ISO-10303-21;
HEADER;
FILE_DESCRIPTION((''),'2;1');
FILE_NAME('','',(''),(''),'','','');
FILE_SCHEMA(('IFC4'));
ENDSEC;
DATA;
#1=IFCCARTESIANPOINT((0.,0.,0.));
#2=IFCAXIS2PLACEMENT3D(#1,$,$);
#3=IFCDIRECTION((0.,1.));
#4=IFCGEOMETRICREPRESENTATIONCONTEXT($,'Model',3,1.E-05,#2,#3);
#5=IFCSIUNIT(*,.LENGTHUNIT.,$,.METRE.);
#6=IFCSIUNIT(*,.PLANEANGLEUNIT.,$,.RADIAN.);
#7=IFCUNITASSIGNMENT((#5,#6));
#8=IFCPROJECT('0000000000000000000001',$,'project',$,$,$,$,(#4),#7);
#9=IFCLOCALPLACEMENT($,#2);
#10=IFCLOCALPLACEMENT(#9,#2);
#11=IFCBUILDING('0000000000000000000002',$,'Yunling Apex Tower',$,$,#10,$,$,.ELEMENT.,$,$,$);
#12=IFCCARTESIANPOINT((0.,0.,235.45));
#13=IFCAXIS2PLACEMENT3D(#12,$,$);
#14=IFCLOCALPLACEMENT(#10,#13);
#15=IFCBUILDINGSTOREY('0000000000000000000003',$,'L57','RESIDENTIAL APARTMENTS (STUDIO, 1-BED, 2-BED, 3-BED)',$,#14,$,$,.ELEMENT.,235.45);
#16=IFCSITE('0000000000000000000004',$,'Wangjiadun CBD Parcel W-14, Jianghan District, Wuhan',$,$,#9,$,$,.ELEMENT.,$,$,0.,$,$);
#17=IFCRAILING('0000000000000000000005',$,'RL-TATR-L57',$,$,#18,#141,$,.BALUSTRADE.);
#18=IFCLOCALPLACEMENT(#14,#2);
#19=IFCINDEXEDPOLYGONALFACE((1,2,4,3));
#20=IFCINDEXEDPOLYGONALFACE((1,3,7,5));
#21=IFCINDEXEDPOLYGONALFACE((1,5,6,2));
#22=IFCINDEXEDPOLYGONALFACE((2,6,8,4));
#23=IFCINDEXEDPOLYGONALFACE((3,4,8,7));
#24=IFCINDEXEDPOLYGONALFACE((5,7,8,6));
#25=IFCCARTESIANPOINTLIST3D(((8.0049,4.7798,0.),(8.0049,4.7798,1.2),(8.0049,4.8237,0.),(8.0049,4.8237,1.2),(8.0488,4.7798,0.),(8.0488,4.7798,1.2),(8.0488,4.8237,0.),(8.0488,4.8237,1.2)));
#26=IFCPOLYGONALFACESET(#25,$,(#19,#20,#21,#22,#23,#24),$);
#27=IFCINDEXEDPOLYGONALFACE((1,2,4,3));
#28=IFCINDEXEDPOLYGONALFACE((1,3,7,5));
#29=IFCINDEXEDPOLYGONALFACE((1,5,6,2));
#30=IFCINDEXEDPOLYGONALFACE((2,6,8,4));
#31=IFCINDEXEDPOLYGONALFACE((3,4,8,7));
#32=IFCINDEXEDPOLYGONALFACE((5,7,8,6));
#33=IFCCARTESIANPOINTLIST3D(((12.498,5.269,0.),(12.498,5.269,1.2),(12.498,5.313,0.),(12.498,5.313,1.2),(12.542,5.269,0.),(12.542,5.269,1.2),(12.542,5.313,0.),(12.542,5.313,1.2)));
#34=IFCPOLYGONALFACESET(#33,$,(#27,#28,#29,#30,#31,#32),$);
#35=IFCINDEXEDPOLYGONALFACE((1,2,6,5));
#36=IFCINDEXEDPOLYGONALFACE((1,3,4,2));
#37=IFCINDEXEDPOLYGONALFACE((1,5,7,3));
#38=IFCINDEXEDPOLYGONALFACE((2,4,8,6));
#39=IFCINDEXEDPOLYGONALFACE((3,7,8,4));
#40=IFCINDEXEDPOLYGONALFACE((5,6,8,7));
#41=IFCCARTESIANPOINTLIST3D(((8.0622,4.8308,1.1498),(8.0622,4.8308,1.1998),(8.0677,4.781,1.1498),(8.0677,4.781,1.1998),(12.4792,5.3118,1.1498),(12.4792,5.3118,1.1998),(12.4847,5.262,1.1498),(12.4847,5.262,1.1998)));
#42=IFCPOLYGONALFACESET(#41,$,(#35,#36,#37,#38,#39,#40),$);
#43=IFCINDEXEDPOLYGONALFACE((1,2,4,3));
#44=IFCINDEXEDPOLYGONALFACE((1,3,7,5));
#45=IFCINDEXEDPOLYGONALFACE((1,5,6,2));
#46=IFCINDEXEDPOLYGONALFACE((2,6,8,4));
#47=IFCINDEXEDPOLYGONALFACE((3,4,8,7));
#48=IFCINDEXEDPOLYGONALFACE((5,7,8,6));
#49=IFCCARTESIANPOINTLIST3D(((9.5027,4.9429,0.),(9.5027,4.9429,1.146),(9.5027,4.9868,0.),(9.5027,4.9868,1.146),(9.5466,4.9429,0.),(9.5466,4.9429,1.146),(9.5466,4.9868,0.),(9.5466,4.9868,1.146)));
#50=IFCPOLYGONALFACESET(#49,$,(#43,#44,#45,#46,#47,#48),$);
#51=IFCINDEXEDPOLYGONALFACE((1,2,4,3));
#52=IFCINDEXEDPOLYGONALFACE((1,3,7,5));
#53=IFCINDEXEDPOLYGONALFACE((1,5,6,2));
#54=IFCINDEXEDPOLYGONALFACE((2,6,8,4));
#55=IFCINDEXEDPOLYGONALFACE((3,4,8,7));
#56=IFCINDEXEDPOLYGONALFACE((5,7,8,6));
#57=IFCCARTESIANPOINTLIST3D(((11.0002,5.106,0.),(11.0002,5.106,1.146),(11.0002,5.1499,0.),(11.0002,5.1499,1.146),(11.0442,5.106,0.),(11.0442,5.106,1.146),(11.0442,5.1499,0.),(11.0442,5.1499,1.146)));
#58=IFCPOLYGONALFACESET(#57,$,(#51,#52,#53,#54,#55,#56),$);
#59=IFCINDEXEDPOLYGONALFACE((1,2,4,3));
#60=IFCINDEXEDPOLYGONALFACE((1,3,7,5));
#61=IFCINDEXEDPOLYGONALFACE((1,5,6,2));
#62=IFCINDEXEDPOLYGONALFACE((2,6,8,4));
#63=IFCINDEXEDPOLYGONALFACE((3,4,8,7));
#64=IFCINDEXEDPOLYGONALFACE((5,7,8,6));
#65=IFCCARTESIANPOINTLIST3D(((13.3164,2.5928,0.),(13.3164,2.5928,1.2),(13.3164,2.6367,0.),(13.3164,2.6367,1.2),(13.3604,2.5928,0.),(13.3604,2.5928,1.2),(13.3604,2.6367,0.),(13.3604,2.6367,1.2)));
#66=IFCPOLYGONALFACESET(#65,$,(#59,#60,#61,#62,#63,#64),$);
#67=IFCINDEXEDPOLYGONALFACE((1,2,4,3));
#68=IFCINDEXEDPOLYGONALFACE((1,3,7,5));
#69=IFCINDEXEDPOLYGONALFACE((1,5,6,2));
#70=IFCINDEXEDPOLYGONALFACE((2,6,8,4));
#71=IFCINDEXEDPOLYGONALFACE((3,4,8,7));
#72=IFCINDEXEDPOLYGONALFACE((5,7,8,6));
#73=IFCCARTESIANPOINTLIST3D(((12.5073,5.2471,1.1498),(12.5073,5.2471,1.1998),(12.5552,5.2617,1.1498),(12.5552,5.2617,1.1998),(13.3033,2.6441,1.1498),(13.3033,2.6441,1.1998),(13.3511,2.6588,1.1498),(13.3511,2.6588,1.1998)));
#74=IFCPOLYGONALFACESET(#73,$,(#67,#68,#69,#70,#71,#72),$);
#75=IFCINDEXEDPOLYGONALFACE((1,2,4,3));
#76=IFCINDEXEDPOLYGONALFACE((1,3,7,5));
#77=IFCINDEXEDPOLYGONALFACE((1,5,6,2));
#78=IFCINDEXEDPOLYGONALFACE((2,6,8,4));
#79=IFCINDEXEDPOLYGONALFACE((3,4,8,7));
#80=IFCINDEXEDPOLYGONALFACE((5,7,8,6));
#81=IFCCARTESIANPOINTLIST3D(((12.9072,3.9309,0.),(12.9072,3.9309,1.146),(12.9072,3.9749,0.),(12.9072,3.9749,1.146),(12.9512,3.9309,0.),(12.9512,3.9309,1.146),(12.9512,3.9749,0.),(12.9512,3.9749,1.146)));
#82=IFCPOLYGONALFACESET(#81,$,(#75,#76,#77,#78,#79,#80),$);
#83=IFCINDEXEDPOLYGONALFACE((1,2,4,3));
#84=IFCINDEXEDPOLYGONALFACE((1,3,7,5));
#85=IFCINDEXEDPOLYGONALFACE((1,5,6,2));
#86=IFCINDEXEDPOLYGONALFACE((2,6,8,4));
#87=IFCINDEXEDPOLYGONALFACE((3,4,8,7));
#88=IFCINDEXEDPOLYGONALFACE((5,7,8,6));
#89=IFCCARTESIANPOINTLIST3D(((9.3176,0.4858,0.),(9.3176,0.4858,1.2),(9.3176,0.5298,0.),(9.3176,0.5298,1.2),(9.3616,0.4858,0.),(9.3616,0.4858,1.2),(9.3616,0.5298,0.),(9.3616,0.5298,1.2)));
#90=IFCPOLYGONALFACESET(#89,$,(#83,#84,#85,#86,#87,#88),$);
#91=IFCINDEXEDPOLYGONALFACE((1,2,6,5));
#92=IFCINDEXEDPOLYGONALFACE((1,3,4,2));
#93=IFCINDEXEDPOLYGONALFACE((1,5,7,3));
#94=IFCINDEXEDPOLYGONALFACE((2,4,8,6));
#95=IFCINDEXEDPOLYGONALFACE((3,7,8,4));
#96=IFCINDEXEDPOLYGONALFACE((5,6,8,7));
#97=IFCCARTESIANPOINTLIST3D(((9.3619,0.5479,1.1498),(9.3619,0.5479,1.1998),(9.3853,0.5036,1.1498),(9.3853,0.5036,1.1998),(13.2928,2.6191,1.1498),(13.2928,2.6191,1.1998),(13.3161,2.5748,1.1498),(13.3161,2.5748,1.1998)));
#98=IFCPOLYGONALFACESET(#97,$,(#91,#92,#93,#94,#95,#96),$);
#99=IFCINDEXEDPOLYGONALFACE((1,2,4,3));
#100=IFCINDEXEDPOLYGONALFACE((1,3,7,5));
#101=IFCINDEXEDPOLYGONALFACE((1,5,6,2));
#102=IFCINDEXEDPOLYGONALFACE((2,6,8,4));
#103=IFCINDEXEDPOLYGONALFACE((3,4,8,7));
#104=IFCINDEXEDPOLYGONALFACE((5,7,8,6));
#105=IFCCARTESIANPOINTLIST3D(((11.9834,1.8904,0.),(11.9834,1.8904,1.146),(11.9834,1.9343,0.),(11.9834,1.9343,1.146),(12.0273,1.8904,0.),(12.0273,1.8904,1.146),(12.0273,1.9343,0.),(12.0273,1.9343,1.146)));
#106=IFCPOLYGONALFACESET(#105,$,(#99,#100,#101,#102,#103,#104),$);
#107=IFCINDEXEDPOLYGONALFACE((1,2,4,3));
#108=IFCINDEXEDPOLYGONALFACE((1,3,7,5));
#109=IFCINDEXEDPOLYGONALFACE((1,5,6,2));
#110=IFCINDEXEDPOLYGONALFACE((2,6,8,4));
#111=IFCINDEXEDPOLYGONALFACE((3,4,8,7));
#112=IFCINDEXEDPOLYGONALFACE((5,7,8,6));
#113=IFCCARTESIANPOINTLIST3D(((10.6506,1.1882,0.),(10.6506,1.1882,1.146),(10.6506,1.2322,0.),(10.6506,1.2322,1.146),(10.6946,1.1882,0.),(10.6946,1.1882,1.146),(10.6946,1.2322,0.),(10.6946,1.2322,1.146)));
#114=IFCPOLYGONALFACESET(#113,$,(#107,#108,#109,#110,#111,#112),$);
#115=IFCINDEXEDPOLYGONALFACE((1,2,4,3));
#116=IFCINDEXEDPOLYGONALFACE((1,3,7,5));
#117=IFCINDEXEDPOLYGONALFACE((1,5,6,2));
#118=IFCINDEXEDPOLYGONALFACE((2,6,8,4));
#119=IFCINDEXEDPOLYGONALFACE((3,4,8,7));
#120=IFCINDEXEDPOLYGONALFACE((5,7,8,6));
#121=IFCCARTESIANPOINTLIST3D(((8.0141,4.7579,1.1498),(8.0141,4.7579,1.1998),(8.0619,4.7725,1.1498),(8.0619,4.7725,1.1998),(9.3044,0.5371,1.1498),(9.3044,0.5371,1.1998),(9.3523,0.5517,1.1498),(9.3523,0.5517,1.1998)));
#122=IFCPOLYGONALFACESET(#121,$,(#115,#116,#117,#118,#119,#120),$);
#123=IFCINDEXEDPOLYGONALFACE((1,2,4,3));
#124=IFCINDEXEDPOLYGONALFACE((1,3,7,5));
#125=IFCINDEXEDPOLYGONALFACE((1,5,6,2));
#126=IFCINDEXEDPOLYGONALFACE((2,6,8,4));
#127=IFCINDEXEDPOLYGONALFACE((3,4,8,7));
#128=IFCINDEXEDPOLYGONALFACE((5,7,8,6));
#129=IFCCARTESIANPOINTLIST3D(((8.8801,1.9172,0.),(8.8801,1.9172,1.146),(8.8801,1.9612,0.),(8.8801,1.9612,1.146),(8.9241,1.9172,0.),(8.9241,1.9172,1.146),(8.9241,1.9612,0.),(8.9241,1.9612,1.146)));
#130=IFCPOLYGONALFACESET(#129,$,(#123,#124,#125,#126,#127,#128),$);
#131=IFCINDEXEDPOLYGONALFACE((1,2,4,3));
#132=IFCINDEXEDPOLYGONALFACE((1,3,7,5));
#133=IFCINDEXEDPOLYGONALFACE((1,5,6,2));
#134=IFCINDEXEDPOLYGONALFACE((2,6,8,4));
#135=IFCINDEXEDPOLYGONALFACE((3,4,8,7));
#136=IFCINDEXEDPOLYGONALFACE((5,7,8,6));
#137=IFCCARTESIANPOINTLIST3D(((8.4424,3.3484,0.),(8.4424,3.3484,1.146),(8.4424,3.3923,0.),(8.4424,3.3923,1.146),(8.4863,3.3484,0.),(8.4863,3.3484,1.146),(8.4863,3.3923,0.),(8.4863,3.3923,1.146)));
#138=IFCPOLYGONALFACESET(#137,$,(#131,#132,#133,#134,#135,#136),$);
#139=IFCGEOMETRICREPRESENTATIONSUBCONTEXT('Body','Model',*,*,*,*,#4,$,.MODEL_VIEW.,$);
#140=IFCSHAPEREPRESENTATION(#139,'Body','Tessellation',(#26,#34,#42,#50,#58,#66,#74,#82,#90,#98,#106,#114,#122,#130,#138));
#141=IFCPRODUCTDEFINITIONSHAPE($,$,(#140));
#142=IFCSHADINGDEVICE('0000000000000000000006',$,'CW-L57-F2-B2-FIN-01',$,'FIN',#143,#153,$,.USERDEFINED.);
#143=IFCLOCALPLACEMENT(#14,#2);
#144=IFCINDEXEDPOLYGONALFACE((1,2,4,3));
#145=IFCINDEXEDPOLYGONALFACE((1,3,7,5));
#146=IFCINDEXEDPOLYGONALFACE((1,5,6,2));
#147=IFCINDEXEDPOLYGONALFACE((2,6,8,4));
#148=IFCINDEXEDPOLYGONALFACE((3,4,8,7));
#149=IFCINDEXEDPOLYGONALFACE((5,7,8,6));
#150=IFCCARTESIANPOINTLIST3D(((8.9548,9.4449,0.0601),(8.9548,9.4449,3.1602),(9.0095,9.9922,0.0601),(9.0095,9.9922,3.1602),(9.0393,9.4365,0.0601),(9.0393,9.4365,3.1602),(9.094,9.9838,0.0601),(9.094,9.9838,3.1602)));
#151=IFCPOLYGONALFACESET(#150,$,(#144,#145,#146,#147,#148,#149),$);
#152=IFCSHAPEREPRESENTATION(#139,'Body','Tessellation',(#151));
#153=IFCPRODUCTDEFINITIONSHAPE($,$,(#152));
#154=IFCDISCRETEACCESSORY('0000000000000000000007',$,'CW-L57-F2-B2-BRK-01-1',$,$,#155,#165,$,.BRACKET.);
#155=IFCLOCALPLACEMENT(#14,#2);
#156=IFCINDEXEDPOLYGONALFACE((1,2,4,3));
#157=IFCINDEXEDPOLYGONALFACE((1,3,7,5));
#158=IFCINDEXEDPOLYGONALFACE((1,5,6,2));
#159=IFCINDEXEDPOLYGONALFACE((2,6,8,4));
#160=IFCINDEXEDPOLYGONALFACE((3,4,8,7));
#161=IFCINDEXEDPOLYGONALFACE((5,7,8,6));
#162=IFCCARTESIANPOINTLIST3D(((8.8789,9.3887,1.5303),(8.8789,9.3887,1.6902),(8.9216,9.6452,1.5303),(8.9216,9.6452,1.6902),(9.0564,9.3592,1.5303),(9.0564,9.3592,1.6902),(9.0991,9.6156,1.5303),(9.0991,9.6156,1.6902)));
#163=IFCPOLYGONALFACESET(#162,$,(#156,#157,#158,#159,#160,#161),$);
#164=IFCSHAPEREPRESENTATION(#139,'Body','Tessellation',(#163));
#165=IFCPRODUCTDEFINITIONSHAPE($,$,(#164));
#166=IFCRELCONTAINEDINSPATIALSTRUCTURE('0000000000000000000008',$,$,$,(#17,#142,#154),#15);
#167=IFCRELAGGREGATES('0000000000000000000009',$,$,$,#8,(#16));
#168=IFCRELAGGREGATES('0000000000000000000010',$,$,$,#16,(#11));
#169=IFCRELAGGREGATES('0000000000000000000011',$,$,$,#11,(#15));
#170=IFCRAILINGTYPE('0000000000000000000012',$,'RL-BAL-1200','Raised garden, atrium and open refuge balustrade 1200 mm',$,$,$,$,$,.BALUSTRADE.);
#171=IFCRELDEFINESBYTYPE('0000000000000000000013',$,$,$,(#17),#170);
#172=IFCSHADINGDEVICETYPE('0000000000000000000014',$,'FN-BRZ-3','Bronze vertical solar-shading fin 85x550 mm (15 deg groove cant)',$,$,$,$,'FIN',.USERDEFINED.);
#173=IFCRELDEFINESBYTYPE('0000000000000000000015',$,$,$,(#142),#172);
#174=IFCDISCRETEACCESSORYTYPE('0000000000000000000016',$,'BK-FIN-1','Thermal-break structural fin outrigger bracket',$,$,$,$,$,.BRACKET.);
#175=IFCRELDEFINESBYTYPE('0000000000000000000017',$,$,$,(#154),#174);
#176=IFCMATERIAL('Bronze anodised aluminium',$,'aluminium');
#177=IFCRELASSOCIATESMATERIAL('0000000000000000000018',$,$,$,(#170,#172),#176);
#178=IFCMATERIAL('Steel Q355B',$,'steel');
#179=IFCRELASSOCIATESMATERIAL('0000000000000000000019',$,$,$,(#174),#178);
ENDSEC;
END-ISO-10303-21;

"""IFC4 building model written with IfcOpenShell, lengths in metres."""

from ifc_helpers import new_model, si_unit, direction, frame, origin, origin_2d, place, context, subcontext, project, spatial, rectangle, extrude, source, transform, mapped, material, material_profile, profile_set, type_object, element, save


model = new_model("IFC4")

# Units and contexts
model_context = context("Model", 3, precision=1e-05, world=origin(), true_north=direction((0.0, 1.0)))
body_context = subcontext(model_context, "Body", "Model", "MODEL_VIEW")
ifc_project = project(units=[si_unit("LENGTHUNIT", "METRE"), si_unit("PLANEANGLEUNIT", "RADIAN")], contexts=[model_context])

# Site, building, storey
site_placement = place(None, origin())
site = spatial("IfcSite", under=ifc_project, at=site_placement, Name="Wangjiadun CBD Parcel W-14, Jianghan District, Wuhan", CompositionType="ELEMENT", RefElevation=0.0)
building_placement = place(site_placement, origin())
building = spatial("IfcBuilding", under=site, at=building_placement, Name="Yunling Apex Tower", CompositionType="ELEMENT")
storey_placement = place(building_placement, frame((0.0, 0.0, 235.45)))
storey = spatial("IfcBuildingStorey", under=building, at=storey_placement, Name="L57", Description="RESIDENTIAL APARTMENTS (STUDIO, 1-BED, 2-BED, 3-BED)", CompositionType="ELEMENT", Elevation=235.45)

# Shared definitions
ifc_material_1 = material(Name="Steel Q355B", Category="steel")

# Shared definitions
ifc_material_2 = material(Name="Bronze anodised aluminium", Category="aluminium")

# Railing
railing_type = type_object("IfcRailingType", Name="RL-BAL-1200", Description="Raised garden, atrium and open refuge balustrade 1200 mm", PredefinedType="BALUSTRADE", material=ifc_material_2)
railing_1_placement = place(storey_placement, frame((8.0269, 4.8018, 0.0)))
element("IfcRailing", 1, at=railing_1_placement, inside=storey, type_object=railing_type, Name="RL-TATR-L57", PredefinedType="BALUSTRADE", context=body_context, shape_type="SweptSolid", body=[
    extrude(rectangle(XDim=0.0439, YDim=0.0439, at=origin_2d()), origin(), (0.0, 0.0, 1.0), 1.2),
    extrude(rectangle(XDim=0.0439, YDim=0.0439, at=origin_2d()), frame((4.4932, 0.4893, 0.0)), (0.0, 0.0, 1.0), 1.2),
    extrude(rectangle(XDim=0.05, YDim=0.05, at=origin_2d()), frame((0.0381, 0.0042, 1.1748), z_axis=(0.994124, 0.10825, 0.0), x_axis=(-0.10825, 0.994124, 0.0)), (0.0, 0.0, 1.0), 4.4431),
    extrude(rectangle(XDim=0.0439, YDim=0.0439, at=origin_2d()), frame((1.4978, 0.1631, 0.0)), (0.0, 0.0, 1.0), 1.146),
    extrude(rectangle(XDim=0.0439, YDim=0.0439, at=origin_2d()), frame((2.9954, 0.3262, 0.0)), (0.0, 0.0, 1.0), 1.146),
    extrude(rectangle(XDim=0.0439, YDim=0.0439, at=origin_2d()), frame((5.3115, -2.187, 0.0)), (0.0, 0.0, 1.0), 1.2),
    extrude(rectangle(XDim=0.05, YDim=0.05, at=origin_2d()), frame((4.5044, 0.4526, 1.1748), z_axis=(0.292418, -0.956291, 0.0), x_axis=(0.956291, 0.292418, 0.0)), (0.0, 0.0, 1.0), 2.7219),
    extrude(rectangle(XDim=0.0439, YDim=0.0439, at=origin_2d()), frame((4.9023, -0.8489, 0.0)), (0.0, 0.0, 1.0), 1.146),
    extrude(rectangle(XDim=0.0439, YDim=0.0439, at=origin_2d()), frame((1.3127, -4.2939, 0.0)), (0.0, 0.0, 1.0), 1.2),
    extrude(rectangle(XDim=0.05, YDim=0.05, at=origin_2d()), frame((5.2776, -2.2048, 1.1748), z_axis=(-0.884707, -0.466147, 0.0), x_axis=(0.466147, -0.884707, 0.0)), (0.0, 0.0, 1.0), 4.4431),
    extrude(rectangle(XDim=0.0439, YDim=0.0439, at=origin_2d()), frame((3.9785, -2.8894, 0.0)), (0.0, 0.0, 1.0), 1.146),
    extrude(rectangle(XDim=0.0439, YDim=0.0439, at=origin_2d()), frame((2.6458, -3.5916, 0.0)), (0.0, 0.0, 1.0), 1.146),
    extrude(rectangle(XDim=0.05, YDim=0.05, at=origin_2d()), frame((1.3015, -4.2573, 1.1748), z_axis=(-0.292362, 0.956308, 0.0), x_axis=(-0.956308, -0.292362, 0.0)), (0.0, 0.0, 1.0), 4.4136),
    extrude(rectangle(XDim=0.0439, YDim=0.0439, at=origin_2d()), frame((0.8752, -2.8625, 0.0)), (0.0, 0.0, 1.0), 1.146),
    extrude(rectangle(XDim=0.0439, YDim=0.0439, at=origin_2d()), frame((0.4375, -1.4314, 0.0)), (0.0, 0.0, 1.0), 1.146),
])

# Shading device
ifc_material_profile_1 = material_profile(ifc_material_2, rectangle(XDim=0.085, YDim=0.55, at=origin_2d()))
ifc_profile_set_1 = profile_set([ifc_material_profile_1], Name="Bronze anodised aluminium")
shading_device_type = type_object("IfcShadingDeviceType", Name="FN-BRZ-3", Description="Bronze vertical solar-shading fin 85x550 mm (15 deg groove cant)", ElementType="FIN", PredefinedType="USERDEFINED", material=ifc_profile_set_1)
shared_shape_1 = source(origin(), body_context, "Body", "SweptSolid", [
    extrude(rectangle(XDim=0.085, YDim=0.55, at=origin_2d()), origin(), (0.0, 0.0, 1.0), 3.1001),
])
shading_device_placement = place(storey_placement, frame((9.0244, 9.7144, 0.0601), z_axis=(0.0, 0.0, 1.0), x_axis=(-0.995038, 0.099493, 0.0)))
element("IfcShadingDevice", 2, at=shading_device_placement, inside=storey, type_object=shading_device_type, Name="CW-L57-F2-B2-FIN-01", ObjectType="FIN", PredefinedType="USERDEFINED", context=body_context, shape_type="MappedRepresentation", body=[
    mapped(shared_shape_1, transform((0.0, 0.0, 0.0), scale=1.0)),
])

# Discrete accessory
discrete_accessory_type = type_object("IfcDiscreteAccessoryType", Name="BK-FIN-1", Description="Thermal-break structural fin outrigger bracket", PredefinedType="BRACKET", material=ifc_material_1)
shared_shape_2 = source(origin(), body_context, "Body", "SweptSolid", [
    extrude(rectangle(XDim=0.1799, YDim=0.26, at=origin_2d()), origin(), (0.0, 0.0, 1.0), 0.1599),
])
discrete_accessory_placement = place(storey_placement, frame((8.989, 9.5022, 1.5303), z_axis=(0.0, 0.0, 1.0), x_axis=(-0.986401, 0.164359, 0.0)))
element("IfcDiscreteAccessory", 3, at=discrete_accessory_placement, inside=storey, type_object=discrete_accessory_type, Name="CW-L57-F2-B2-BRK-01-1", PredefinedType="BRACKET", context=body_context, shape_type="MappedRepresentation", body=[
    mapped(shared_shape_2, transform((0.0, 0.0, 0.0), scale=1.0)),
])

save(model, "model.ifc")
